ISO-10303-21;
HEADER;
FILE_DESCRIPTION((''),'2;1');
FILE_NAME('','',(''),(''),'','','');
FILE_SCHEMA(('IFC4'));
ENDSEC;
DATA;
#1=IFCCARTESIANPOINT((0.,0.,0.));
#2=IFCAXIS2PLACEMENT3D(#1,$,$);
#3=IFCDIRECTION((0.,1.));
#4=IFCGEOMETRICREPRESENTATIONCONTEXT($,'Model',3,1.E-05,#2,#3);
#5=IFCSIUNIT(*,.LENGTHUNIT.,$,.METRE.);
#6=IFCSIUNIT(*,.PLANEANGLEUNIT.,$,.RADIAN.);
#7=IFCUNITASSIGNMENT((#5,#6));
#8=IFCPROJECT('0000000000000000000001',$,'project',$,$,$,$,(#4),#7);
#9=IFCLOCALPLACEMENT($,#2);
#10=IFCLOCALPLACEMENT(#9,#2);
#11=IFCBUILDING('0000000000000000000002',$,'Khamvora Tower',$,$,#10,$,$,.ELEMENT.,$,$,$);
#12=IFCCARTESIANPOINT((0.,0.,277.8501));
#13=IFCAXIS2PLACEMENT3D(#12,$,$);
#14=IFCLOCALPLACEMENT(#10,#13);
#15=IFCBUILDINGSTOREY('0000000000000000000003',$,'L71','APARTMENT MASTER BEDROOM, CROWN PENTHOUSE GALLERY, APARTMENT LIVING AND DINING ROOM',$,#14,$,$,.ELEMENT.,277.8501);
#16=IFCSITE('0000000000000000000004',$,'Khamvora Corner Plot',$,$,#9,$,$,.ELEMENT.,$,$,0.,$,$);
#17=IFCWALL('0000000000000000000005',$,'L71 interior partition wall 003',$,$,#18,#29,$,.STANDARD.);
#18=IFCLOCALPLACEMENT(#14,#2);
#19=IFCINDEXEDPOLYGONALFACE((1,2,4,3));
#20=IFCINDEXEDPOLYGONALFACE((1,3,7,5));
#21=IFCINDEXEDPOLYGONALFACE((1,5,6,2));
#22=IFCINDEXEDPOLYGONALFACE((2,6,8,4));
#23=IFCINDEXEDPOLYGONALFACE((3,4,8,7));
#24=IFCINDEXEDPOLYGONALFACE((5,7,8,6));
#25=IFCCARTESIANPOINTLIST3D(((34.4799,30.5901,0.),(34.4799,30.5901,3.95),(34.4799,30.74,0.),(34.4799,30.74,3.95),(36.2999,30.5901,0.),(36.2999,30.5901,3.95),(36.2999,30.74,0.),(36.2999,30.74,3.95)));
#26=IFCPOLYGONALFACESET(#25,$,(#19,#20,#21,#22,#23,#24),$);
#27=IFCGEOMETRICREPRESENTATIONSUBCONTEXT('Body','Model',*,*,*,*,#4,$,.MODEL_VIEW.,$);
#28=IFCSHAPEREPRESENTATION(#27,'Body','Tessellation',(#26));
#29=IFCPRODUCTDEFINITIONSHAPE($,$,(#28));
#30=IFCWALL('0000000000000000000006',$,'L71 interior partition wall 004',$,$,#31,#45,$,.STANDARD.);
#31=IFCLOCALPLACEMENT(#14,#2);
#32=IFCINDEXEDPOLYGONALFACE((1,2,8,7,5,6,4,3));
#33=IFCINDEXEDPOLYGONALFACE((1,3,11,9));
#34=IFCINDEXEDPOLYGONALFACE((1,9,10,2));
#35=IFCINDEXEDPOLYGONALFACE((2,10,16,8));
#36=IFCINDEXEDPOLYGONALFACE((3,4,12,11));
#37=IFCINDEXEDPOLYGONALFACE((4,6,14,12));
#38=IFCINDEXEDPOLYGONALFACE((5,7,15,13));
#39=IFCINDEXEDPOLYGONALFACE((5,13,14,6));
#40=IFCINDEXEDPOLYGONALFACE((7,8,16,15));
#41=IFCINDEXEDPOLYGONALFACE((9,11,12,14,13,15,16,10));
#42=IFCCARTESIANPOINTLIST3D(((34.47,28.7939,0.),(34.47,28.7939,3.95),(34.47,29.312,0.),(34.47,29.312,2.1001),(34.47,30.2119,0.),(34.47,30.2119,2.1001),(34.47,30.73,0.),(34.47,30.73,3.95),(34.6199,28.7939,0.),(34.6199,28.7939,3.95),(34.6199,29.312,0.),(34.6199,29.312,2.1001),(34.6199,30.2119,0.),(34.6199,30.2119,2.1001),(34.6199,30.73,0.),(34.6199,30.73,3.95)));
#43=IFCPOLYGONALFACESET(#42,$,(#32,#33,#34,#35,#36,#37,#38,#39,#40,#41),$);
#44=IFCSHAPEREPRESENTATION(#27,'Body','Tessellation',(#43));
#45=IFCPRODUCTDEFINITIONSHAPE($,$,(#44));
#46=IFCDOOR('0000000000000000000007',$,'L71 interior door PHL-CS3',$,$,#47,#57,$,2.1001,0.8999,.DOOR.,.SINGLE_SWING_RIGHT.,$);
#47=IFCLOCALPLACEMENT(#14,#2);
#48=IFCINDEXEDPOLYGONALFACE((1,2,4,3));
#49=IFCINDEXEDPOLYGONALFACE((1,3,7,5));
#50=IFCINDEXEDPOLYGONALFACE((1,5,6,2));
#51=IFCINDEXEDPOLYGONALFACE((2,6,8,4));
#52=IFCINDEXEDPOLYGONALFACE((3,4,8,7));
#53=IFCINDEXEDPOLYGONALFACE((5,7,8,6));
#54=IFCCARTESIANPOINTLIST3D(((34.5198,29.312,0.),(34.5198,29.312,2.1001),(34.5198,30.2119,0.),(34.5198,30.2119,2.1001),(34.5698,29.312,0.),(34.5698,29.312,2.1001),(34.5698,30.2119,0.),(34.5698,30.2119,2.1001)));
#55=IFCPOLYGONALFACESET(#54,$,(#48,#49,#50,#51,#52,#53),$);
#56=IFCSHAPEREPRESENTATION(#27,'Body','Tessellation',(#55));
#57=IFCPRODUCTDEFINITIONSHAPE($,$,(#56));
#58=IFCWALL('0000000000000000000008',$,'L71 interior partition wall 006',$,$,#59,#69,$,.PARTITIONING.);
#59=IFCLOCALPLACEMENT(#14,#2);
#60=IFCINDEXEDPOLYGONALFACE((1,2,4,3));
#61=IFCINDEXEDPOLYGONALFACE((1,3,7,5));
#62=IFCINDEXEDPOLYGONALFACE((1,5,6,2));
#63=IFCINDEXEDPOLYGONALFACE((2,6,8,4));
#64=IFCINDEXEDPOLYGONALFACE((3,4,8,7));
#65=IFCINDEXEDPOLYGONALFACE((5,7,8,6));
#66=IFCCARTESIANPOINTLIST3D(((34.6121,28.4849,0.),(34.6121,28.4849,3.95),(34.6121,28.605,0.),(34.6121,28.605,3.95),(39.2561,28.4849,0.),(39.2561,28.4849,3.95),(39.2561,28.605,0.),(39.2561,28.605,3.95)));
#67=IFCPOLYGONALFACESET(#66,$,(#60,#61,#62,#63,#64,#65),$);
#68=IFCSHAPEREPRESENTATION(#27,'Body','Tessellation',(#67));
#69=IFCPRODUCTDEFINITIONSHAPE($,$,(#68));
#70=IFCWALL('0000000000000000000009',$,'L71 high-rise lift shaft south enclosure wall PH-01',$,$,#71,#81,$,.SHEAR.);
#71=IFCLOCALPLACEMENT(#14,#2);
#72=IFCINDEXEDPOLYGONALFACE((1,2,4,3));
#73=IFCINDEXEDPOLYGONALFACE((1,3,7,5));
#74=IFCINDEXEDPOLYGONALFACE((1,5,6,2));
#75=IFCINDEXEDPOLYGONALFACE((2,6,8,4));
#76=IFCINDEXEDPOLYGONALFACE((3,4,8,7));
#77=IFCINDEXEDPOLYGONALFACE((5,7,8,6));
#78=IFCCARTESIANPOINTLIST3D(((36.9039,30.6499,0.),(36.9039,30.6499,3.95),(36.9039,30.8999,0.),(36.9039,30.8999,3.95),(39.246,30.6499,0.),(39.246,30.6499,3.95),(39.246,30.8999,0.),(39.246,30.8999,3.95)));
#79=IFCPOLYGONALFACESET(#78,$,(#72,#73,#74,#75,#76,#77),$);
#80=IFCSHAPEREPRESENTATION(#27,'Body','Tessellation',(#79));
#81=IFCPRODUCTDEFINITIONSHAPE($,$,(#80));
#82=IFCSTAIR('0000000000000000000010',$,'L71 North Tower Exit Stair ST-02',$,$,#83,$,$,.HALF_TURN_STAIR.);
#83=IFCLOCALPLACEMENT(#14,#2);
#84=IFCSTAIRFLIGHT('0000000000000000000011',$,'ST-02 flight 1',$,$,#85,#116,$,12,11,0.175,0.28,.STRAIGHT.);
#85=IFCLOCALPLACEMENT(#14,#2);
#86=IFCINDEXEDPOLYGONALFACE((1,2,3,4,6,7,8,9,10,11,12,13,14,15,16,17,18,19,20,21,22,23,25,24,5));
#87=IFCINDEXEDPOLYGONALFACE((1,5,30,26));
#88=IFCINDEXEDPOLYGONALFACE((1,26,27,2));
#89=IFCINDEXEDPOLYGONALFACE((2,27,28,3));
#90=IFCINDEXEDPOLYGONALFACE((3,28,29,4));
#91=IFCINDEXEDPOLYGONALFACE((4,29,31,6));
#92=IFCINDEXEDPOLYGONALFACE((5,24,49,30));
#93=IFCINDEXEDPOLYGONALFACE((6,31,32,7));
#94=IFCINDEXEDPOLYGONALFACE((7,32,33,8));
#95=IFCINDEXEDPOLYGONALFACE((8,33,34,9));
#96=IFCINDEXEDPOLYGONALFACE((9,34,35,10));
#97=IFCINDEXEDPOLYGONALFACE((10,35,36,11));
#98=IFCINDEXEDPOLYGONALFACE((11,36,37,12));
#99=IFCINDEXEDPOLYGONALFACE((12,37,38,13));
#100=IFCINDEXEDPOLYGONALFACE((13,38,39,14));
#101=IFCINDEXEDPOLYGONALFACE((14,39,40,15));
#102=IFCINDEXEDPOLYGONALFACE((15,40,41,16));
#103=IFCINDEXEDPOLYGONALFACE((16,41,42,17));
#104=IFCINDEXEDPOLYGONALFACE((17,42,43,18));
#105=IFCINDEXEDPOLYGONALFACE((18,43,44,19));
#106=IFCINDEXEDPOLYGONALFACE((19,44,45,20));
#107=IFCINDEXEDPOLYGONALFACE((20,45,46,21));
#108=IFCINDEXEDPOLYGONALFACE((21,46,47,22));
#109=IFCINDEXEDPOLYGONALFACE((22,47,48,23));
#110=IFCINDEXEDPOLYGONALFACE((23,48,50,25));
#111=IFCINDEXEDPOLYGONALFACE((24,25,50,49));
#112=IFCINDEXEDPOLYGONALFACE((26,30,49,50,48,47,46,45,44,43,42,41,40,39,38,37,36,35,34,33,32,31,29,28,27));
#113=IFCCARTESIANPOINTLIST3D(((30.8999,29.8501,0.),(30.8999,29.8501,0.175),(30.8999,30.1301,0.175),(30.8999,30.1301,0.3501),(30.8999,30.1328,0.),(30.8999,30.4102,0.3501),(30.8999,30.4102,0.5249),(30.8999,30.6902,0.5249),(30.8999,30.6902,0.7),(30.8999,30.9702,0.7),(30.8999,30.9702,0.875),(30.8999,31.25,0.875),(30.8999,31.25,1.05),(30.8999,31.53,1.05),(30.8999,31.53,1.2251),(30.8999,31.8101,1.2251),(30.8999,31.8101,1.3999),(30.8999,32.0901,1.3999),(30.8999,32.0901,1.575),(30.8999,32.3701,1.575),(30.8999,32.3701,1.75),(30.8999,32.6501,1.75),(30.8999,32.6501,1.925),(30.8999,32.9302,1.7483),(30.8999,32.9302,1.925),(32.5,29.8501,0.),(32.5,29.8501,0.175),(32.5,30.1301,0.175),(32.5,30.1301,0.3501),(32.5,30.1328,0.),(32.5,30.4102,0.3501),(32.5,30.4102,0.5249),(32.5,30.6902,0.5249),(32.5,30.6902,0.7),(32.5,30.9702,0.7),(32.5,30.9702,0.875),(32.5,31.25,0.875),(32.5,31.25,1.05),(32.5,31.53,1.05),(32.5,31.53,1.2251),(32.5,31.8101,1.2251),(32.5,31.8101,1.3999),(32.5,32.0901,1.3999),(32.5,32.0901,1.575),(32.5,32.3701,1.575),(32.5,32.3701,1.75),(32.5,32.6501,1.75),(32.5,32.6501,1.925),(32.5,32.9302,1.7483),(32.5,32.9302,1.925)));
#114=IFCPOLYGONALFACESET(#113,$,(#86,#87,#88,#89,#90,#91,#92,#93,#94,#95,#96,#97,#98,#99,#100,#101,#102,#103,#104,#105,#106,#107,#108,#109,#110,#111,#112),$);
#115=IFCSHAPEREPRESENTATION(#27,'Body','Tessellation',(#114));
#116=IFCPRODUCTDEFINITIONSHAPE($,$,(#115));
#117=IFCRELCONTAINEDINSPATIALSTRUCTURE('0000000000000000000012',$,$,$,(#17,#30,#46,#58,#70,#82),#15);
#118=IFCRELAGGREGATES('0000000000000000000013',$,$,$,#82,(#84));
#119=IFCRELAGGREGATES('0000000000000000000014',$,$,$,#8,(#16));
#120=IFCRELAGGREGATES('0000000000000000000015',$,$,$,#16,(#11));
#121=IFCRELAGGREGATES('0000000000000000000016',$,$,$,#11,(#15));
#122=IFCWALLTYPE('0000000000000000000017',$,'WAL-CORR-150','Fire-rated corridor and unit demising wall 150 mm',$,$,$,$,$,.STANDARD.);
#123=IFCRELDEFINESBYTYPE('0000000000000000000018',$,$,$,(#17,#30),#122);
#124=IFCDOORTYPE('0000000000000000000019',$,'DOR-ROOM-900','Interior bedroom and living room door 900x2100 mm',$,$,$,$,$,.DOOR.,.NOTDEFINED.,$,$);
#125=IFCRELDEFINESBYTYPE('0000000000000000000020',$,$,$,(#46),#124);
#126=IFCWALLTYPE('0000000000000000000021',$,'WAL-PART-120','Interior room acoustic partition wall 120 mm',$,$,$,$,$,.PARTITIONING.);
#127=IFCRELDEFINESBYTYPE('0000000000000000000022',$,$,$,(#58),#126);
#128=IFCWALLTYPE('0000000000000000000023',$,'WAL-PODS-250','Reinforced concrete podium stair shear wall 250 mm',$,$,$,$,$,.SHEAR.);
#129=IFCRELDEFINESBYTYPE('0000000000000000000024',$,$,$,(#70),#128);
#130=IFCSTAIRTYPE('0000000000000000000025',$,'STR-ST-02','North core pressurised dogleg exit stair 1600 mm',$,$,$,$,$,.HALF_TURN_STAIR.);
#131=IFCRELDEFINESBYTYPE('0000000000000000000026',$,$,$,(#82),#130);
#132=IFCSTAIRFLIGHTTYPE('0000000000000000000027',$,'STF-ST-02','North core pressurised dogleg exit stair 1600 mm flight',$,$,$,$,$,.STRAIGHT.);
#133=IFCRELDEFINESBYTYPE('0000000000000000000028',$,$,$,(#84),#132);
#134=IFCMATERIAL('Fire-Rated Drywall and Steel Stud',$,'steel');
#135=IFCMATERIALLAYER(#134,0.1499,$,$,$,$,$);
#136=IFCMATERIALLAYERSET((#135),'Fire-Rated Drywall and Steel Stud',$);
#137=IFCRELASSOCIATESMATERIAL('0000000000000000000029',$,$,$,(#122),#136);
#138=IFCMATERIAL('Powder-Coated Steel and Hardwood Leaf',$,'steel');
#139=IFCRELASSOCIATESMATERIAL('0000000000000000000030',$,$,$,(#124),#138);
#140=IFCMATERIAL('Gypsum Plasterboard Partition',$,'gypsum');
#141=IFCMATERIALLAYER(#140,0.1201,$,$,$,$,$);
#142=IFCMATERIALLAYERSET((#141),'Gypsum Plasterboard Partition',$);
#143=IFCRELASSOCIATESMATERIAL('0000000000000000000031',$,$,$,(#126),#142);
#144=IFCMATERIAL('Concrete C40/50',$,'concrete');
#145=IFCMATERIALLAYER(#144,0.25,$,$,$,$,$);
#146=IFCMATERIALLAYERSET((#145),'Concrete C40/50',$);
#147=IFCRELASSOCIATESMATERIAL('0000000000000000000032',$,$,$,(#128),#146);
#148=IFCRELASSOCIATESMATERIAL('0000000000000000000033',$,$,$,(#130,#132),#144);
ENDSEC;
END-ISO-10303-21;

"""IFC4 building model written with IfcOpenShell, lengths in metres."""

from ifc_helpers import new_model, si_unit, direction, frame, frame_2d, origin, place, context, subcontext, project, spatial, polyline, rectangle, outline, extrude, material, layer, layer_set, type_object, element, fill, aggregate, save


model = new_model("IFC4")

# Units and contexts
model_context = context("Model", 3, precision=1e-05, world=origin(), true_north=direction((0.0, 1.0)))
body_context = subcontext(model_context, "Body", "Model", "MODEL_VIEW")
ifc_project = project(units=[si_unit("LENGTHUNIT", "METRE"), si_unit("PLANEANGLEUNIT", "RADIAN")], contexts=[model_context])

# Site, building, storey
site_placement = place(None, origin())
site = spatial("IfcSite", under=ifc_project, at=site_placement, Name="Khamvora Corner Plot", CompositionType="ELEMENT", RefElevation=0.0)
building_placement = place(site_placement, origin())
building = spatial("IfcBuilding", under=site, at=building_placement, Name="Khamvora Tower", CompositionType="ELEMENT")
storey_placement = place(building_placement, frame((0.0, 0.0, 277.8501)))
storey = spatial("IfcBuildingStorey", under=building, at=storey_placement, Name="L71", Description="APARTMENT MASTER BEDROOM, CROWN PENTHOUSE GALLERY, APARTMENT LIVING AND DINING ROOM", CompositionType="ELEMENT", Elevation=277.8501)

# Shared definitions
ifc_material_1 = material(Name="Powder-Coated Steel and Hardwood Leaf", Category="steel")
ifc_material_2 = material(Name="Fire-Rated Drywall and Steel Stud", Category="steel")
ifc_layer_1 = layer(ifc_material_2, 0.1499)
ifc_layer_set_1 = layer_set([ifc_layer_1], Name="Fire-Rated Drywall and Steel Stud")
wall_type_1 = type_object("IfcWallType", Name="WAL-CORR-150", Description="Fire-rated corridor and unit demising wall 150 mm", PredefinedType="STANDARD", material=ifc_layer_set_1)
door_type_1 = type_object("IfcDoorType", Name="DOR-ROOM-900", Description="Interior bedroom and living room door 900x2100 mm", OperationType="NOTDEFINED", PredefinedType="DOOR", material=ifc_material_1)

# Wall
wall_1_placement = place(storey_placement, frame((36.3, 30.665, 0.0), z_axis=(0.0, 0.0, 1.0), x_axis=(-1.0, 0.0, 0.0)))
element("IfcWall", 1, at=wall_1_placement, inside=storey, type_object=wall_type_1, Name="L71 interior partition wall 003", PredefinedType="STANDARD", context=body_context, shape_type="SweptSolid", body=[
    extrude(rectangle(XDim=1.8201, YDim=0.1499, at=frame_2d((0.9102, 0.0))), origin(), (0.0, 0.0, 1.0), 3.95),
])

# Wall, opening, door
wall_2_placement = place(storey_placement, frame((34.5449, 30.73, 0.0), z_axis=(0.0, 0.0, 1.0), x_axis=(0.0, -1.0, 0.0)))
wall_2 = element("IfcWall", 2, at=wall_2_placement, inside=storey, type_object=wall_type_1, Name="L71 interior partition wall 004", PredefinedType="STANDARD", context=body_context, shape_type="SweptSolid", body=[
    extrude(rectangle(XDim=1.936, YDim=0.1499, at=frame_2d((0.968, 0.0))), origin(), (0.0, 0.0, 1.0), 3.95),
])
opening_1_placement = place(wall_2_placement, frame((0.5181, 0.0, 0.0)))
opening_1 = element("IfcOpeningElement", 3, at=opening_1_placement, cuts=wall_2, PredefinedType="OPENING", context=body_context, shape_type="SweptSolid", body=[
    extrude(rectangle(XDim=0.8999, YDim=2.1001, at=frame_2d((0.45, 1.05))), frame((0.0, 0.085, 0.0), z_axis=(0.0, -1.0, 0.0), x_axis=(1.0, 0.0, 0.0)), (0.0, 0.0, 1.0), 0.1699),
])
door_1_placement = place(opening_1_placement, origin())
door_1 = element("IfcDoor", 4, at=door_1_placement, inside=storey, type_object=door_type_1, Name="L71 interior door PHL-CS3", OperationType="SINGLE_SWING_RIGHT", OverallHeight=2.1001, OverallWidth=0.8999, PredefinedType="DOOR", context=body_context, shape_type="SweptSolid", body=[
    extrude(rectangle(XDim=0.8999, YDim=2.1001, at=frame_2d((0.45, 1.05))), frame((0.0, 0.0249, 0.0), z_axis=(0.0, -1.0, 0.0), x_axis=(1.0, 0.0, 0.0)), (0.0, 0.0, 1.0), 0.05),
])
fill(opening_1, door_1)

# Walls
ifc_material_3 = material(Name="Gypsum Plasterboard Partition", Category="gypsum")
ifc_layer_2 = layer(ifc_material_3, 0.1201)
ifc_layer_set_2 = layer_set([ifc_layer_2], Name="Gypsum Plasterboard Partition")
wall_type_2 = type_object("IfcWallType", Name="WAL-PART-120", Description="Interior room acoustic partition wall 120 mm", PredefinedType="PARTITIONING", material=ifc_layer_set_2)
wall_3_placement = place(storey_placement, frame((34.6121, 28.5449, 0.0), z_axis=(0.0, 0.0, 1.0), x_axis=(1.0, 0.0, 0.0)))
element("IfcWall", 5, at=wall_3_placement, inside=storey, type_object=wall_type_2, Name="L71 interior partition wall 006", PredefinedType="PARTITIONING", context=body_context, shape_type="SweptSolid", body=[
    extrude(rectangle(XDim=4.644, YDim=0.1201, at=frame_2d((2.322, 0.0))), origin(), (0.0, 0.0, 1.0), 3.95),
])
ifc_material_4 = material(Name="Concrete C40/50", Category="concrete")
ifc_layer_3 = layer(ifc_material_4, 0.25)
ifc_layer_set_3 = layer_set([ifc_layer_3], Name="Concrete C40/50")
wall_type_3 = type_object("IfcWallType", Name="WAL-PODS-250", Description="Reinforced concrete podium stair shear wall 250 mm", PredefinedType="SHEAR", material=ifc_layer_set_3)
wall_4_placement = place(storey_placement, frame((36.9041, 30.7749, 0.0), z_axis=(0.0, 0.0, 1.0), x_axis=(1.0, 0.0, 0.0)))
element("IfcWall", 6, at=wall_4_placement, inside=storey, type_object=wall_type_3, Name="L71 high-rise lift shaft south enclosure wall PH-01", PredefinedType="SHEAR", context=body_context, shape_type="SweptSolid", body=[
    extrude(rectangle(XDim=2.342, YDim=0.25, at=frame_2d((1.1709, 0.0))), origin(), (0.0, 0.0, 1.0), 3.95),
])

# Stair, stair flight
stair_type = type_object("IfcStairType", Name="STR-ST-02", Description="North core pressurised dogleg exit stair 1600 mm", PredefinedType="HALF_TURN_STAIR", material=ifc_material_4)
stair_placement = place(storey_placement, origin())
stair = element("IfcStair", 7, at=stair_placement, inside=storey, type_object=stair_type, Name="L71 North Tower Exit Stair ST-02", PredefinedType="HALF_TURN_STAIR")
stair_flight_type = type_object("IfcStairFlightType", Name="STF-ST-02", Description="North core pressurised dogleg exit stair 1600 mm flight", PredefinedType="STRAIGHT", material=ifc_material_4)
stair_flight_placement = place(storey_placement, frame((31.7, 29.8501, 0.0), z_axis=(0.0, 0.0, 1.0), x_axis=(0.0, 1.0, 0.0)))
stair_flight = element("IfcStairFlight", 8, at=stair_flight_placement, type_object=stair_flight_type, Name="ST-02 flight 1", NumberOfRisers=12, NumberOfTreads=11, PredefinedType="STRAIGHT", RiserHeight=0.175, TreadLength=0.28, context=body_context, shape_type="SweptSolid", body=[
    extrude(outline(polyline([(0.0, 0.0), (0.0, 0.175), (0.28, 0.175), (0.28, 0.3501), (0.5601, 0.3501), (0.5601, 0.5249), (0.8401, 0.5249), (0.8401, 0.7), (1.1201, 0.7), (1.1201, 0.875), (1.3999, 0.875), (1.3999, 1.05), (1.6799, 1.05), (1.6799, 1.2251), (1.96, 1.2251), (1.96, 1.3999), (2.24, 1.3999), (2.24, 1.575), (2.52, 1.575), (2.52, 1.75), (2.8, 1.75), (2.8, 1.925), (3.0801, 1.925), (3.0801, 2.1001), (3.0801, 1.7483), (0.2827, 0.0), (0.0, 0.0)])), frame((0.0, 0.8, 0.0), z_axis=(0.0, -1.0, 0.0), x_axis=(1.0, 0.0, 0.0)), (0.0, 0.0, 1.0), 1.6001),
])
aggregate(stair, [stair_flight])

save(model, "model.ifc")
